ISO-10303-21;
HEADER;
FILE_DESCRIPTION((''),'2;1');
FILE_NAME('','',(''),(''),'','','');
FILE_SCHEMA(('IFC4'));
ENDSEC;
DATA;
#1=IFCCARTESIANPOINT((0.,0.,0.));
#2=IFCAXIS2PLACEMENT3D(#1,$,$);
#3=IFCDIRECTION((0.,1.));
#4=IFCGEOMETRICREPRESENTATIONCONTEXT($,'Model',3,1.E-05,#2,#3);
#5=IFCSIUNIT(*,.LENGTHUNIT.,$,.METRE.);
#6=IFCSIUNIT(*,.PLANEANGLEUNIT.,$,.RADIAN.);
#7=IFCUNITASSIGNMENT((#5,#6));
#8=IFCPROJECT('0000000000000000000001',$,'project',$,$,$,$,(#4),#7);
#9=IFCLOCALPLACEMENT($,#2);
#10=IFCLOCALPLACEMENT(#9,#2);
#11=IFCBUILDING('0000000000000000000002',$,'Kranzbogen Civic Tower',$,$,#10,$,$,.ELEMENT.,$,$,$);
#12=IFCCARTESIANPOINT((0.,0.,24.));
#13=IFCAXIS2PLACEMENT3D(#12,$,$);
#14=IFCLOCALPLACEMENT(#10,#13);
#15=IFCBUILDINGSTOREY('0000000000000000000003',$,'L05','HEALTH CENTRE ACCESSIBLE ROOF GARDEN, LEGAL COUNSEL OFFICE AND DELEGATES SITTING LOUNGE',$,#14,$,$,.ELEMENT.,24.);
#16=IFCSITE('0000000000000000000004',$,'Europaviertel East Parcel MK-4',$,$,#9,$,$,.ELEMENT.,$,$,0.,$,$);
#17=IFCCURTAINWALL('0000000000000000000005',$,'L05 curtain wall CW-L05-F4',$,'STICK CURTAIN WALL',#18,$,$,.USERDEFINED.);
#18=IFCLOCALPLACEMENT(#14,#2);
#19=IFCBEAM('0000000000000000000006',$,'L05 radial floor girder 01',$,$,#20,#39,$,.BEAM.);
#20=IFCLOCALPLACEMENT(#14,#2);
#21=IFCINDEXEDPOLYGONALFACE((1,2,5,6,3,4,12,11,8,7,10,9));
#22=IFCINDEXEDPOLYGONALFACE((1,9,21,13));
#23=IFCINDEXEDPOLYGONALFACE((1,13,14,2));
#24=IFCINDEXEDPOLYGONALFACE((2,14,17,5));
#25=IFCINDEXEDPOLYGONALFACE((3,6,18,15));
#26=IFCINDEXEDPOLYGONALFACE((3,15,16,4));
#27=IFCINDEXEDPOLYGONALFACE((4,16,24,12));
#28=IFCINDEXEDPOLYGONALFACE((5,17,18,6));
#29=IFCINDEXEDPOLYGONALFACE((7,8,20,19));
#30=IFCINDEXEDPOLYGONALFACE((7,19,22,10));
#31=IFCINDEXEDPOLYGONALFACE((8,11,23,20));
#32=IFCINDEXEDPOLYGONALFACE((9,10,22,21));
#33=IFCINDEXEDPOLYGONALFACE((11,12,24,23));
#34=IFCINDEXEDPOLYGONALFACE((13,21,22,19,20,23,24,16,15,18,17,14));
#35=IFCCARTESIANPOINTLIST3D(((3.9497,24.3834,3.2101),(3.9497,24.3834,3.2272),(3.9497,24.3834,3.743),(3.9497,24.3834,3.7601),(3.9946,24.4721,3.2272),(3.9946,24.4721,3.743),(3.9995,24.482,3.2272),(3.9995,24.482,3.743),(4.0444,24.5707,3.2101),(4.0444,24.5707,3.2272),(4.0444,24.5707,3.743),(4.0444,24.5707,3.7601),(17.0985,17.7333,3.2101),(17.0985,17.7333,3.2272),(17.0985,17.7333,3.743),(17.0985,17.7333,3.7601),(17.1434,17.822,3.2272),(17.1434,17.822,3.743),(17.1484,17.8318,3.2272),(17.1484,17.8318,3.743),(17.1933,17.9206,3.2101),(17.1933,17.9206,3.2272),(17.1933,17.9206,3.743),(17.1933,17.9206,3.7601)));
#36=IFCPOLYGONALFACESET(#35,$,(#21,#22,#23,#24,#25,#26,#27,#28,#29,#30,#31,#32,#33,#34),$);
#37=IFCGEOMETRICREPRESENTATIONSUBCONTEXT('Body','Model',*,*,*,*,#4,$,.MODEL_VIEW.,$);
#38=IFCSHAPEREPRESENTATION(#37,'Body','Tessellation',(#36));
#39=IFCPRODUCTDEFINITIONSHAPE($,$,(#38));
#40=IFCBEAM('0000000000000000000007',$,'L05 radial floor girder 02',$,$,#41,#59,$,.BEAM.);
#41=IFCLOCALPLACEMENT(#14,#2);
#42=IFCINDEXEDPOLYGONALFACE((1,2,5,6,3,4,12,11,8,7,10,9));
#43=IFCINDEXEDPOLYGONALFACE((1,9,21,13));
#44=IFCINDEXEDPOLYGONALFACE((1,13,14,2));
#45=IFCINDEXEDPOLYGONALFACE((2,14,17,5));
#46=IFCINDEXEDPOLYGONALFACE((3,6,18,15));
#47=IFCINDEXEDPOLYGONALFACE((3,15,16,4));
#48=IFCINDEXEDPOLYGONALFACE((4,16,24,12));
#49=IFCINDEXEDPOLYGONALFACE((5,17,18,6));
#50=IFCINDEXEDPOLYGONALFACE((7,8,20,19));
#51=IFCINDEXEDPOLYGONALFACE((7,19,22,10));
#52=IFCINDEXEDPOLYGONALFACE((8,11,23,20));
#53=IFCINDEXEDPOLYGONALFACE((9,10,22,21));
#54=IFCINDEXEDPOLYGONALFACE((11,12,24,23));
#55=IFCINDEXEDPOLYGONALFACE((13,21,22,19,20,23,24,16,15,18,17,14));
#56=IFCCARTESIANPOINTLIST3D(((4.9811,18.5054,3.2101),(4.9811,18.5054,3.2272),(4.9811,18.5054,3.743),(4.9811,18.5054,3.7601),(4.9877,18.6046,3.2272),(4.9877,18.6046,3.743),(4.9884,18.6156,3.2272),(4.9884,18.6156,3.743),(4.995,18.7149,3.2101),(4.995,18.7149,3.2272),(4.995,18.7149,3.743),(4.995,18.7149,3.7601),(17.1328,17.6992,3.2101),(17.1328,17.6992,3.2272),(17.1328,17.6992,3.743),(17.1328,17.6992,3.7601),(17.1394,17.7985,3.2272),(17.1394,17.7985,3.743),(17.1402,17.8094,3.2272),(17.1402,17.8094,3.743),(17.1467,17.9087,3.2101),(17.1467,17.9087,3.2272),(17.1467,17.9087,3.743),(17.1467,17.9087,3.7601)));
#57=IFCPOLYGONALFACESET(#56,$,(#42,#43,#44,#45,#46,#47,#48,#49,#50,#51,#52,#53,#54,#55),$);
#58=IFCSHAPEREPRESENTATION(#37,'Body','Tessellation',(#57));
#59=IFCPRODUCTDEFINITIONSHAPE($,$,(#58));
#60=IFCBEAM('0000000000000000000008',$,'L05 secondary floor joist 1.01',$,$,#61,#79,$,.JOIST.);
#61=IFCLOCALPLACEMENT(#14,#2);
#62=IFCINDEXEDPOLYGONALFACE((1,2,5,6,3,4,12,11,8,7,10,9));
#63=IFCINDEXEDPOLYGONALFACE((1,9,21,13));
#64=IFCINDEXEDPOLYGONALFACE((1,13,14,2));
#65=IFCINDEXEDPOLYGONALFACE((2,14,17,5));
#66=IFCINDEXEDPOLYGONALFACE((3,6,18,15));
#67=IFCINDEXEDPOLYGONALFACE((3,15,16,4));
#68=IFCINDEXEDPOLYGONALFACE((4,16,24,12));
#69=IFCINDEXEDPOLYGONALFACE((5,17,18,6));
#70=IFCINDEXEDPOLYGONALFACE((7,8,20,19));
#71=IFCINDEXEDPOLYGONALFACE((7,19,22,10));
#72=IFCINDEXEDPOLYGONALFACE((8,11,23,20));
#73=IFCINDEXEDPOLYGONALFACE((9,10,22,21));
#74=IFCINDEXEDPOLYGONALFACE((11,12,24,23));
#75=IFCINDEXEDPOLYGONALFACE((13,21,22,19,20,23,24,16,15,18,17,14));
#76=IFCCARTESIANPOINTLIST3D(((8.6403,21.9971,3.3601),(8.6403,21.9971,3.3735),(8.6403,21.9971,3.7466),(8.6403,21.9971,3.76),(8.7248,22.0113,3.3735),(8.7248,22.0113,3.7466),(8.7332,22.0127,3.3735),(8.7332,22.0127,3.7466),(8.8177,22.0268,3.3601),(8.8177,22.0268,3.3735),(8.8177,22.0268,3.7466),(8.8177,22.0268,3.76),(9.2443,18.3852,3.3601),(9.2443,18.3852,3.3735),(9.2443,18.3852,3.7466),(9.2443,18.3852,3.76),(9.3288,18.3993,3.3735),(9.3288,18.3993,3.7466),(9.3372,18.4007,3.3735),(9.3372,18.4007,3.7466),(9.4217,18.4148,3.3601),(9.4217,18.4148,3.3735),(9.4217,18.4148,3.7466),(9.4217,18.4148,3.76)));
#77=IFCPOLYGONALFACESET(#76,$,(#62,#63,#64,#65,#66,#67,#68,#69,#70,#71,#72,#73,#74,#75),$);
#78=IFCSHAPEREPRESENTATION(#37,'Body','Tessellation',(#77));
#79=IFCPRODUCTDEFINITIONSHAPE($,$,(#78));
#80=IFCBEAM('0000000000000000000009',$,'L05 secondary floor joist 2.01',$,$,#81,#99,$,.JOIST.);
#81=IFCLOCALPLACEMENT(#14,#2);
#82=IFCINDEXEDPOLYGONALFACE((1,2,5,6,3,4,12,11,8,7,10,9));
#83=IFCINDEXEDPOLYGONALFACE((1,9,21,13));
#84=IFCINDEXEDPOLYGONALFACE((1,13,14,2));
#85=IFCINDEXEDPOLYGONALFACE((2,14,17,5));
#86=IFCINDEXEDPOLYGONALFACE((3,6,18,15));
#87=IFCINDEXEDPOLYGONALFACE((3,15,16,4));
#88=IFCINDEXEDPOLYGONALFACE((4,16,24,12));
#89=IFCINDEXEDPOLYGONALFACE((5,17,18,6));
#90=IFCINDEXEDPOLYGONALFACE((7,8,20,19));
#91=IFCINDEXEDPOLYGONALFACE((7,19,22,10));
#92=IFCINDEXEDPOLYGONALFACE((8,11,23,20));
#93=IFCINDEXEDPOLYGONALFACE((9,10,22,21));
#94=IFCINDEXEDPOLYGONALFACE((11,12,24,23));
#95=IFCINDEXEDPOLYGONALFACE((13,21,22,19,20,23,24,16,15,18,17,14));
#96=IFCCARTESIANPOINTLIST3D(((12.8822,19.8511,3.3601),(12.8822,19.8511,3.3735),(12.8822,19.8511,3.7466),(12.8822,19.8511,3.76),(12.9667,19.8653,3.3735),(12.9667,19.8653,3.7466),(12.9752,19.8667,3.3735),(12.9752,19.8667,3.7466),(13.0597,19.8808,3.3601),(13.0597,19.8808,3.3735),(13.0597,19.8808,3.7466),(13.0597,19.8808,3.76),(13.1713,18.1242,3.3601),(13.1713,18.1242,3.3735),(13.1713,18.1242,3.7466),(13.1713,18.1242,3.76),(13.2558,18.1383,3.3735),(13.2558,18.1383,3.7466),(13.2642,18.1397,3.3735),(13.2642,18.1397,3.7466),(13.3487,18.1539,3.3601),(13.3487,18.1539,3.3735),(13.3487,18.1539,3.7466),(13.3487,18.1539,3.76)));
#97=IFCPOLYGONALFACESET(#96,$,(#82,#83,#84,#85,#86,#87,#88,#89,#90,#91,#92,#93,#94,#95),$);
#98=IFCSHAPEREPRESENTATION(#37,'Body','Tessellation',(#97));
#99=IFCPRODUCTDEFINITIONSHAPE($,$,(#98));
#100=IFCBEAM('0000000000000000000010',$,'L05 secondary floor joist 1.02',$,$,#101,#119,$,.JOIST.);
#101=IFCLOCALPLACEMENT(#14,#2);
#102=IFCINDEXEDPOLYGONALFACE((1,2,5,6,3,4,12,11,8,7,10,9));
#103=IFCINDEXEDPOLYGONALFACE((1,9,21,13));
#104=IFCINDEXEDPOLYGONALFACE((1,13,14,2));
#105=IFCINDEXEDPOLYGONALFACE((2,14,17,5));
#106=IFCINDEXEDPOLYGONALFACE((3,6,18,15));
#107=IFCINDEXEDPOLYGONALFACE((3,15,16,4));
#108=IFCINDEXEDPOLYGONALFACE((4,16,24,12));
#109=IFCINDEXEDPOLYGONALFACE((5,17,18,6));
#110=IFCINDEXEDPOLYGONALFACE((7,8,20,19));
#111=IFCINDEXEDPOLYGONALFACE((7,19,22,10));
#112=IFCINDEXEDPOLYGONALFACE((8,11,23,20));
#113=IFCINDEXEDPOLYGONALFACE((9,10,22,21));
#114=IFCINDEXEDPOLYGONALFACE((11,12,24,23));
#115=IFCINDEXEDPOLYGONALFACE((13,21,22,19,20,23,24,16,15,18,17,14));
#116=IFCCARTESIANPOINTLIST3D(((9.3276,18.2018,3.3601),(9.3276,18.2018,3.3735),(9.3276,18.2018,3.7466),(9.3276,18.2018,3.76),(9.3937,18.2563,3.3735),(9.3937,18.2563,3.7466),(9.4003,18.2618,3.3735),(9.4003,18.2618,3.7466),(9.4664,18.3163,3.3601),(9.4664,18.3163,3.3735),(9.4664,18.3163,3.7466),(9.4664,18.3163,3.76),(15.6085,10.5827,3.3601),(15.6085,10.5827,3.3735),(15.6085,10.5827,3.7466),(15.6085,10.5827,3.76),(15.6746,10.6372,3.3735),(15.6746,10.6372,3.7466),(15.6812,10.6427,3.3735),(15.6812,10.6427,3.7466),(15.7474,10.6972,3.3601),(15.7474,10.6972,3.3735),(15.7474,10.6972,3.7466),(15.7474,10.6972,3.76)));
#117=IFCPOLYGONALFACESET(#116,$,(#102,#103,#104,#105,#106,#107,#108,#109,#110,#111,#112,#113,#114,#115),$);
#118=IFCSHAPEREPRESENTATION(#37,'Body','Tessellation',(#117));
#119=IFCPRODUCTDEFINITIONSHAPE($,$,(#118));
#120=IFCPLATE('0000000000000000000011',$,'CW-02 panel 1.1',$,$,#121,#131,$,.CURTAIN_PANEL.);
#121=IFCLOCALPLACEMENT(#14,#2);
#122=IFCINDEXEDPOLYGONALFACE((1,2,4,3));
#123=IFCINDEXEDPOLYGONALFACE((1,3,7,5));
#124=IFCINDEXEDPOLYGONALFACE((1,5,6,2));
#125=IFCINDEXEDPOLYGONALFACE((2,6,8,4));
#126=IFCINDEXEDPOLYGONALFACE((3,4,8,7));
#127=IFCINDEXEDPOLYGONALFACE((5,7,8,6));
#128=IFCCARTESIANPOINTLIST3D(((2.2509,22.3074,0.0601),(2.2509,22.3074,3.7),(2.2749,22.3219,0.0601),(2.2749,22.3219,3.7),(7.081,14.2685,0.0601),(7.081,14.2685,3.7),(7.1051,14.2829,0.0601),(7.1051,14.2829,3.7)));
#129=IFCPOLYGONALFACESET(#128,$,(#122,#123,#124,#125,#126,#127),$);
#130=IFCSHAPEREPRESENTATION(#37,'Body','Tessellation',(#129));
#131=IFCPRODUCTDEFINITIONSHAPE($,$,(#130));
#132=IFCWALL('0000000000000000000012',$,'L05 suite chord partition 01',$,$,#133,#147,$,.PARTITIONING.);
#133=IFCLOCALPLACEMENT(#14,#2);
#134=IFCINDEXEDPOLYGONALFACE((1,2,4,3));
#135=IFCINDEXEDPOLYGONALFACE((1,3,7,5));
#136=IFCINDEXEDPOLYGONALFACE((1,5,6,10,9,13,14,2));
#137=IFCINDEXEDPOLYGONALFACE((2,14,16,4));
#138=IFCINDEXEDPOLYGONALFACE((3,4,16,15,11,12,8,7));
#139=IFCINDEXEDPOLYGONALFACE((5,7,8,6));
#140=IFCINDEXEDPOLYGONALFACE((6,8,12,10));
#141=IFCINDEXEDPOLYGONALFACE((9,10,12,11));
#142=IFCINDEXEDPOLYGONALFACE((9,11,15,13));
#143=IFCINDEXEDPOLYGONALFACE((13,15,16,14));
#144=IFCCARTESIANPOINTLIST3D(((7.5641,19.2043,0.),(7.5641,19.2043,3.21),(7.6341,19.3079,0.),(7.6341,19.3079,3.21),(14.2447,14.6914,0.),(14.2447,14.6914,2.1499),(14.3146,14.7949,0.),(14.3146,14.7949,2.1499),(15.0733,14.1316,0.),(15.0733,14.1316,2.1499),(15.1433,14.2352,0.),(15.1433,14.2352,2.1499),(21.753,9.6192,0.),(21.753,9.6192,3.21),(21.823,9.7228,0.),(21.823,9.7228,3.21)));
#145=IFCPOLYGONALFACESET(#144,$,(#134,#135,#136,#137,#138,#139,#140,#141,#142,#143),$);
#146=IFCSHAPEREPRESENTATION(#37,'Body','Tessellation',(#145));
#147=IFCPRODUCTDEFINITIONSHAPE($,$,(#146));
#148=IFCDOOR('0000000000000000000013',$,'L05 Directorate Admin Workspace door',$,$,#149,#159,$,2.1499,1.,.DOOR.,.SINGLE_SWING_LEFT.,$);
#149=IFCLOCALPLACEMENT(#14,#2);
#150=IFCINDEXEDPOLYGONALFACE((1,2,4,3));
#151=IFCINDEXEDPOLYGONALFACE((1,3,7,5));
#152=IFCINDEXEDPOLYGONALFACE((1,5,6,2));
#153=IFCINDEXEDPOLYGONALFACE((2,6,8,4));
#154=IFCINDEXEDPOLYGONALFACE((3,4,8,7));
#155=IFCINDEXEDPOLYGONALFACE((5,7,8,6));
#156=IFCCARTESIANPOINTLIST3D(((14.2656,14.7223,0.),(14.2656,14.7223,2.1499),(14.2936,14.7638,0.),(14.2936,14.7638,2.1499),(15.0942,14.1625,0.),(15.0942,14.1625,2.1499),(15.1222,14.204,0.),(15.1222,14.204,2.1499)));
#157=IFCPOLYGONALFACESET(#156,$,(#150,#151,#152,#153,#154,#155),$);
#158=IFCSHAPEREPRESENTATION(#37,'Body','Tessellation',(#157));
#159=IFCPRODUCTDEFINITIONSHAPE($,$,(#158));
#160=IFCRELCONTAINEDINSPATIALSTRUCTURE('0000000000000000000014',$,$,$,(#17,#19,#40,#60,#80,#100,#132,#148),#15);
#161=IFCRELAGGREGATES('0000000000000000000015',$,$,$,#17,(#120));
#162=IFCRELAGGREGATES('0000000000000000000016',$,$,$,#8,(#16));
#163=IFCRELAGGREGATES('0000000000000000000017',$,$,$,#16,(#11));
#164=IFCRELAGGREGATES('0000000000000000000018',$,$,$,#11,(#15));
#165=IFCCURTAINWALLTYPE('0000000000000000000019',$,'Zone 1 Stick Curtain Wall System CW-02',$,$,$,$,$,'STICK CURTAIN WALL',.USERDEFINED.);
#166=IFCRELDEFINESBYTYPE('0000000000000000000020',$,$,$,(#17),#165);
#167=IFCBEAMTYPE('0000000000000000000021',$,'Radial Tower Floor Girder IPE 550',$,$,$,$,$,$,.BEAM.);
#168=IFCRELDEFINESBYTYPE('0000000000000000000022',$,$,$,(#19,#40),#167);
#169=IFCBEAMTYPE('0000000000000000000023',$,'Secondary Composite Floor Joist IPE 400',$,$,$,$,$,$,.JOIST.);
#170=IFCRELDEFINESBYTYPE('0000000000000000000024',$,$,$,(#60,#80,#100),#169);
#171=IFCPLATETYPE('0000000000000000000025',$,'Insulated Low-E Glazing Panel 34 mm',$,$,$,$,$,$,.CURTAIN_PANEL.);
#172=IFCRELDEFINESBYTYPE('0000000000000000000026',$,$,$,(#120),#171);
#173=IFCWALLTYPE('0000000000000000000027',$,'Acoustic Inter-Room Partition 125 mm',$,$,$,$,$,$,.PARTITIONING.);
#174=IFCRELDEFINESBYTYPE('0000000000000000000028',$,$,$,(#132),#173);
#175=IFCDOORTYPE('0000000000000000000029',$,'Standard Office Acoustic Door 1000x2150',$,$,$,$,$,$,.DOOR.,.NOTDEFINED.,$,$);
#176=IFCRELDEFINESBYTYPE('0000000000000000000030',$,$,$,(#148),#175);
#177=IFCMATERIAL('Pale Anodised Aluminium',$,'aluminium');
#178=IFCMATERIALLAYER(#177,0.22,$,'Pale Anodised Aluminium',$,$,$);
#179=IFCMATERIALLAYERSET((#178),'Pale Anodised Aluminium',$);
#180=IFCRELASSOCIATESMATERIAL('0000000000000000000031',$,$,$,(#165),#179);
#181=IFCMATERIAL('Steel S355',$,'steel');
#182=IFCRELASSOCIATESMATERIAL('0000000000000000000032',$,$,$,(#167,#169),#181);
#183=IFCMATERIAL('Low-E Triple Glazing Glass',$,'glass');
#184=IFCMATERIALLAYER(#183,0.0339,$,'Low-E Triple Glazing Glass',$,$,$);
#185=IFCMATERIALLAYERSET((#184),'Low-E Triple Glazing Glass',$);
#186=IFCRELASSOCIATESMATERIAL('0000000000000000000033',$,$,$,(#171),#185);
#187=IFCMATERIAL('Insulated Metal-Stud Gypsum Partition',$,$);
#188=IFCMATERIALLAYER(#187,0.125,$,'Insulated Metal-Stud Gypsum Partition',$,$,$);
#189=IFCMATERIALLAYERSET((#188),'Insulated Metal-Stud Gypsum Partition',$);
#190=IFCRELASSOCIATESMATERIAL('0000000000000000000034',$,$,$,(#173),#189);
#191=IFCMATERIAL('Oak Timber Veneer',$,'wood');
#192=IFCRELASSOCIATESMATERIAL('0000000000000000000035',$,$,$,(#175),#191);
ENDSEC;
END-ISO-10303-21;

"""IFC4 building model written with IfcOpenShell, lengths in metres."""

from ifc_helpers import new_model, si_unit, direction, frame, frame_2d, origin, origin_2d, place, context, subcontext, project, spatial, rectangle, i_section, extrude, material, layer, layer_set, material_profile, profile_set, type_object, element, fill, aggregate, save


model = new_model("IFC4")

# Units and contexts
model_context = context("Model", 3, precision=1e-05, world=origin(), true_north=direction((0.0, 1.0)))
body_context = subcontext(model_context, "Body", "Model", "MODEL_VIEW")
ifc_project = project(units=[si_unit("LENGTHUNIT", "METRE"), si_unit("PLANEANGLEUNIT", "RADIAN")], contexts=[model_context])

# Site, building, storey
site_placement = place(None, origin())
site = spatial("IfcSite", under=ifc_project, at=site_placement, Name="Europaviertel East Parcel MK-4", CompositionType="ELEMENT", RefElevation=0.0)
building_placement = place(site_placement, origin())
building = spatial("IfcBuilding", under=site, at=building_placement, Name="Kranzbogen Civic Tower", CompositionType="ELEMENT")
storey_placement = place(building_placement, frame((0.0, 0.0, 24.0)))
storey = spatial("IfcBuildingStorey", under=building, at=storey_placement, Name="L05", Description="HEALTH CENTRE ACCESSIBLE ROOF GARDEN, LEGAL COUNSEL OFFICE AND DELEGATES SITTING LOUNGE", CompositionType="ELEMENT", Elevation=24.0)

# Curtain wall
ifc_material_1 = material(Name="Pale Anodised Aluminium", Category="aluminium")
ifc_layer_1 = layer(ifc_material_1, 0.22, Name="Pale Anodised Aluminium")
ifc_layer_set_1 = layer_set([ifc_layer_1], Name="Pale Anodised Aluminium")
curtain_wall_type = type_object("IfcCurtainWallType", Name="Zone 1 Stick Curtain Wall System CW-02", ElementType="STICK CURTAIN WALL", PredefinedType="USERDEFINED", material=ifc_layer_set_1)
curtain_wall_placement = place(storey_placement, origin())
curtain_wall = element("IfcCurtainWall", 1, at=curtain_wall_placement, inside=storey, type_object=curtain_wall_type, Name="L05 curtain wall CW-L05-F4", ObjectType="STICK CURTAIN WALL", PredefinedType="USERDEFINED")

# Beams
ifc_material_2 = material(Name="Steel S355", Category="steel")
ifc_material_profile_1 = material_profile(ifc_material_2, i_section(OverallWidth=0.21, OverallDepth=0.55, WebThickness=0.011, FlangeThickness=0.0171, at=origin_2d()), Name="IPE 550")
ifc_profile_set_1 = profile_set([ifc_material_profile_1], Name="Steel S355")
beam_type_1 = type_object("IfcBeamType", Name="Radial Tower Floor Girder IPE 550", PredefinedType="BEAM", material=ifc_profile_set_1)
beam_1_placement = place(storey_placement, frame((3.9971, 24.4771, 3.4851), z_axis=(0.892363, -0.451318, 0.0), x_axis=(0.451318, 0.892363, 0.0)))
element("IfcBeam", 2, at=beam_1_placement, inside=storey, type_object=beam_type_1, Name="L05 radial floor girder 01", PredefinedType="BEAM", context=body_context, shape_type="SweptSolid", body=[
    extrude(i_section(OverallWidth=0.21, OverallDepth=0.55, WebThickness=0.011, FlangeThickness=0.0171, at=origin_2d()), origin(), (0.0, 0.0, 1.0), 14.7349),
])
beam_2_placement = place(storey_placement, frame((4.988, 18.6101, 3.4851), z_axis=(0.997807, -0.066194, 0.0), x_axis=(0.066194, 0.997807, 0.0)))
element("IfcBeam", 3, at=beam_2_placement, inside=storey, type_object=beam_type_1, Name="L05 radial floor girder 02", PredefinedType="BEAM", context=body_context, shape_type="SweptSolid", body=[
    extrude(i_section(OverallWidth=0.21, OverallDepth=0.55, WebThickness=0.011, FlangeThickness=0.0171, at=origin_2d()), origin(), (0.0, 0.0, 1.0), 12.1785),
])
ifc_material_profile_2 = material_profile(ifc_material_2, i_section(OverallWidth=0.1799, OverallDepth=0.3999, WebThickness=0.0085, FlangeThickness=0.0134, at=origin_2d()), Name="IPE 400")
ifc_profile_set_2 = profile_set([ifc_material_profile_2], Name="Steel S355")
beam_type_2 = type_object("IfcBeamType", Name="Secondary Composite Floor Joist IPE 400", PredefinedType="JOIST", material=ifc_profile_set_2)
beam_3_placement = place(storey_placement, frame((8.729, 22.012, 3.5601), z_axis=(0.164929, -0.986305, 0.0), x_axis=(0.986305, 0.164929, 0.0)))
element("IfcBeam", 4, at=beam_3_placement, inside=storey, type_object=beam_type_2, Name="L05 secondary floor joist 1.01", PredefinedType="JOIST", context=body_context, shape_type="SweptSolid", body=[
    extrude(i_section(OverallWidth=0.1799, OverallDepth=0.3999, WebThickness=0.0085, FlangeThickness=0.0134, at=origin_2d()), origin(), (0.0, 0.0, 1.0), 3.6621),
])
beam_4_placement = place(storey_placement, frame((12.9709, 19.866, 3.5601), z_axis=(0.165077, -0.986281, 0.0), x_axis=(0.986281, 0.165077, 0.0)))
element("IfcBeam", 5, at=beam_4_placement, inside=storey, type_object=beam_type_2, Name="L05 secondary floor joist 2.01", PredefinedType="JOIST", context=body_context, shape_type="SweptSolid", body=[
    extrude(i_section(OverallWidth=0.1799, OverallDepth=0.3999, WebThickness=0.0085, FlangeThickness=0.0134, at=origin_2d()), origin(), (0.0, 0.0, 1.0), 1.751),
])
beam_5_placement = place(storey_placement, frame((9.397, 18.259, 3.5601), z_axis=(0.636095, -0.771611, 0.0), x_axis=(0.771611, 0.636095, 0.0)))
element("IfcBeam", 6, at=beam_5_placement, inside=storey, type_object=beam_type_2, Name="L05 secondary floor joist 1.02", PredefinedType="JOIST", context=body_context, shape_type="SweptSolid", body=[
    extrude(i_section(OverallWidth=0.1799, OverallDepth=0.3999, WebThickness=0.0085, FlangeThickness=0.0134, at=origin_2d()), origin(), (0.0, 0.0, 1.0), 9.8743),
])

# Plate
ifc_material_3 = material(Name="Low-E Triple Glazing Glass", Category="glass")
ifc_layer_2 = layer(ifc_material_3, 0.0339, Name="Low-E Triple Glazing Glass")
ifc_layer_set_2 = layer_set([ifc_layer_2], Name="Low-E Triple Glazing Glass")
plate_type = type_object("IfcPlateType", Name="Insulated Low-E Glazing Panel 34 mm", PredefinedType="CURTAIN_PANEL", material=ifc_layer_set_2)
plate_placement = place(storey_placement, frame((4.678, 18.2952, 0.0601), z_axis=(0.0, 0.0, 1.0), x_axis=(0.515031, -0.857171, 0.0)))
plate = element("IfcPlate", 7, at=plate_placement, type_object=plate_type, Name="CW-02 panel 1.1", PredefinedType="CURTAIN_PANEL", context=body_context, shape_type="SweptSolid", body=[
    extrude(rectangle(XDim=9.3784, YDim=0.0281, at=origin_2d()), origin(), (0.0, 0.0, 1.0), 3.6399),
])
aggregate(curtain_wall, [plate])

# Wall, opening, door
ifc_material_4 = material(Name="Insulated Metal-Stud Gypsum Partition")
ifc_layer_3 = layer(ifc_material_4, 0.125, Name="Insulated Metal-Stud Gypsum Partition")
ifc_layer_set_3 = layer_set([ifc_layer_3], Name="Insulated Metal-Stud Gypsum Partition")
wall_type = type_object("IfcWallType", Name="Acoustic Inter-Room Partition 125 mm", PredefinedType="PARTITIONING", material=ifc_layer_set_3)
wall_placement = place(storey_placement, frame((7.5991, 19.2561, 0.0), z_axis=(0.0, 0.0, 1.0), x_axis=(0.828641, -0.55978, 0.0)))
wall = element("IfcWall", 8, at=wall_placement, inside=storey, type_object=wall_type, Name="L05 suite chord partition 01", PredefinedType="PARTITIONING", context=body_context, shape_type="SweptSolid", body=[
    extrude(rectangle(XDim=17.123, YDim=0.125, at=frame_2d((8.5615, 0.0))), origin(), (0.0, 0.0, 1.0), 3.21),
])
opening_placement = place(wall_placement, frame((8.062, 0.0, 0.0)))
opening = element("IfcOpeningElement", 9, at=opening_placement, cuts=wall, PredefinedType="OPENING", context=body_context, shape_type="SweptSolid", body=[
    extrude(rectangle(XDim=1.0, YDim=2.1499, at=frame_2d((0.5, 1.075))), frame((0.0, 0.0725, 0.0), z_axis=(0.0, -1.0, 0.0), x_axis=(1.0, 0.0, 0.0)), (0.0, 0.0, 1.0), 0.145),
])
ifc_material_5 = material(Name="Oak Timber Veneer", Category="wood")
door_type = type_object("IfcDoorType", Name="Standard Office Acoustic Door 1000x2150", OperationType="NOTDEFINED", PredefinedType="DOOR", material=ifc_material_5)
door_placement = place(opening_placement, origin())
door = element("IfcDoor", 10, at=door_placement, inside=storey, type_object=door_type, Name="L05 Directorate Admin Workspace door", OperationType="SINGLE_SWING_LEFT", OverallHeight=2.1499, OverallWidth=1.0, PredefinedType="DOOR", context=body_context, shape_type="SweptSolid", body=[
    extrude(rectangle(XDim=1.0, YDim=2.1499, at=frame_2d((0.5, 1.075))), frame((0.0, 0.0249, 0.0), z_axis=(0.0, -1.0, 0.0), x_axis=(1.0, 0.0, 0.0)), (0.0, 0.0, 1.0), 0.05),
])
fill(opening, door)

save(model, "model.ifc")
